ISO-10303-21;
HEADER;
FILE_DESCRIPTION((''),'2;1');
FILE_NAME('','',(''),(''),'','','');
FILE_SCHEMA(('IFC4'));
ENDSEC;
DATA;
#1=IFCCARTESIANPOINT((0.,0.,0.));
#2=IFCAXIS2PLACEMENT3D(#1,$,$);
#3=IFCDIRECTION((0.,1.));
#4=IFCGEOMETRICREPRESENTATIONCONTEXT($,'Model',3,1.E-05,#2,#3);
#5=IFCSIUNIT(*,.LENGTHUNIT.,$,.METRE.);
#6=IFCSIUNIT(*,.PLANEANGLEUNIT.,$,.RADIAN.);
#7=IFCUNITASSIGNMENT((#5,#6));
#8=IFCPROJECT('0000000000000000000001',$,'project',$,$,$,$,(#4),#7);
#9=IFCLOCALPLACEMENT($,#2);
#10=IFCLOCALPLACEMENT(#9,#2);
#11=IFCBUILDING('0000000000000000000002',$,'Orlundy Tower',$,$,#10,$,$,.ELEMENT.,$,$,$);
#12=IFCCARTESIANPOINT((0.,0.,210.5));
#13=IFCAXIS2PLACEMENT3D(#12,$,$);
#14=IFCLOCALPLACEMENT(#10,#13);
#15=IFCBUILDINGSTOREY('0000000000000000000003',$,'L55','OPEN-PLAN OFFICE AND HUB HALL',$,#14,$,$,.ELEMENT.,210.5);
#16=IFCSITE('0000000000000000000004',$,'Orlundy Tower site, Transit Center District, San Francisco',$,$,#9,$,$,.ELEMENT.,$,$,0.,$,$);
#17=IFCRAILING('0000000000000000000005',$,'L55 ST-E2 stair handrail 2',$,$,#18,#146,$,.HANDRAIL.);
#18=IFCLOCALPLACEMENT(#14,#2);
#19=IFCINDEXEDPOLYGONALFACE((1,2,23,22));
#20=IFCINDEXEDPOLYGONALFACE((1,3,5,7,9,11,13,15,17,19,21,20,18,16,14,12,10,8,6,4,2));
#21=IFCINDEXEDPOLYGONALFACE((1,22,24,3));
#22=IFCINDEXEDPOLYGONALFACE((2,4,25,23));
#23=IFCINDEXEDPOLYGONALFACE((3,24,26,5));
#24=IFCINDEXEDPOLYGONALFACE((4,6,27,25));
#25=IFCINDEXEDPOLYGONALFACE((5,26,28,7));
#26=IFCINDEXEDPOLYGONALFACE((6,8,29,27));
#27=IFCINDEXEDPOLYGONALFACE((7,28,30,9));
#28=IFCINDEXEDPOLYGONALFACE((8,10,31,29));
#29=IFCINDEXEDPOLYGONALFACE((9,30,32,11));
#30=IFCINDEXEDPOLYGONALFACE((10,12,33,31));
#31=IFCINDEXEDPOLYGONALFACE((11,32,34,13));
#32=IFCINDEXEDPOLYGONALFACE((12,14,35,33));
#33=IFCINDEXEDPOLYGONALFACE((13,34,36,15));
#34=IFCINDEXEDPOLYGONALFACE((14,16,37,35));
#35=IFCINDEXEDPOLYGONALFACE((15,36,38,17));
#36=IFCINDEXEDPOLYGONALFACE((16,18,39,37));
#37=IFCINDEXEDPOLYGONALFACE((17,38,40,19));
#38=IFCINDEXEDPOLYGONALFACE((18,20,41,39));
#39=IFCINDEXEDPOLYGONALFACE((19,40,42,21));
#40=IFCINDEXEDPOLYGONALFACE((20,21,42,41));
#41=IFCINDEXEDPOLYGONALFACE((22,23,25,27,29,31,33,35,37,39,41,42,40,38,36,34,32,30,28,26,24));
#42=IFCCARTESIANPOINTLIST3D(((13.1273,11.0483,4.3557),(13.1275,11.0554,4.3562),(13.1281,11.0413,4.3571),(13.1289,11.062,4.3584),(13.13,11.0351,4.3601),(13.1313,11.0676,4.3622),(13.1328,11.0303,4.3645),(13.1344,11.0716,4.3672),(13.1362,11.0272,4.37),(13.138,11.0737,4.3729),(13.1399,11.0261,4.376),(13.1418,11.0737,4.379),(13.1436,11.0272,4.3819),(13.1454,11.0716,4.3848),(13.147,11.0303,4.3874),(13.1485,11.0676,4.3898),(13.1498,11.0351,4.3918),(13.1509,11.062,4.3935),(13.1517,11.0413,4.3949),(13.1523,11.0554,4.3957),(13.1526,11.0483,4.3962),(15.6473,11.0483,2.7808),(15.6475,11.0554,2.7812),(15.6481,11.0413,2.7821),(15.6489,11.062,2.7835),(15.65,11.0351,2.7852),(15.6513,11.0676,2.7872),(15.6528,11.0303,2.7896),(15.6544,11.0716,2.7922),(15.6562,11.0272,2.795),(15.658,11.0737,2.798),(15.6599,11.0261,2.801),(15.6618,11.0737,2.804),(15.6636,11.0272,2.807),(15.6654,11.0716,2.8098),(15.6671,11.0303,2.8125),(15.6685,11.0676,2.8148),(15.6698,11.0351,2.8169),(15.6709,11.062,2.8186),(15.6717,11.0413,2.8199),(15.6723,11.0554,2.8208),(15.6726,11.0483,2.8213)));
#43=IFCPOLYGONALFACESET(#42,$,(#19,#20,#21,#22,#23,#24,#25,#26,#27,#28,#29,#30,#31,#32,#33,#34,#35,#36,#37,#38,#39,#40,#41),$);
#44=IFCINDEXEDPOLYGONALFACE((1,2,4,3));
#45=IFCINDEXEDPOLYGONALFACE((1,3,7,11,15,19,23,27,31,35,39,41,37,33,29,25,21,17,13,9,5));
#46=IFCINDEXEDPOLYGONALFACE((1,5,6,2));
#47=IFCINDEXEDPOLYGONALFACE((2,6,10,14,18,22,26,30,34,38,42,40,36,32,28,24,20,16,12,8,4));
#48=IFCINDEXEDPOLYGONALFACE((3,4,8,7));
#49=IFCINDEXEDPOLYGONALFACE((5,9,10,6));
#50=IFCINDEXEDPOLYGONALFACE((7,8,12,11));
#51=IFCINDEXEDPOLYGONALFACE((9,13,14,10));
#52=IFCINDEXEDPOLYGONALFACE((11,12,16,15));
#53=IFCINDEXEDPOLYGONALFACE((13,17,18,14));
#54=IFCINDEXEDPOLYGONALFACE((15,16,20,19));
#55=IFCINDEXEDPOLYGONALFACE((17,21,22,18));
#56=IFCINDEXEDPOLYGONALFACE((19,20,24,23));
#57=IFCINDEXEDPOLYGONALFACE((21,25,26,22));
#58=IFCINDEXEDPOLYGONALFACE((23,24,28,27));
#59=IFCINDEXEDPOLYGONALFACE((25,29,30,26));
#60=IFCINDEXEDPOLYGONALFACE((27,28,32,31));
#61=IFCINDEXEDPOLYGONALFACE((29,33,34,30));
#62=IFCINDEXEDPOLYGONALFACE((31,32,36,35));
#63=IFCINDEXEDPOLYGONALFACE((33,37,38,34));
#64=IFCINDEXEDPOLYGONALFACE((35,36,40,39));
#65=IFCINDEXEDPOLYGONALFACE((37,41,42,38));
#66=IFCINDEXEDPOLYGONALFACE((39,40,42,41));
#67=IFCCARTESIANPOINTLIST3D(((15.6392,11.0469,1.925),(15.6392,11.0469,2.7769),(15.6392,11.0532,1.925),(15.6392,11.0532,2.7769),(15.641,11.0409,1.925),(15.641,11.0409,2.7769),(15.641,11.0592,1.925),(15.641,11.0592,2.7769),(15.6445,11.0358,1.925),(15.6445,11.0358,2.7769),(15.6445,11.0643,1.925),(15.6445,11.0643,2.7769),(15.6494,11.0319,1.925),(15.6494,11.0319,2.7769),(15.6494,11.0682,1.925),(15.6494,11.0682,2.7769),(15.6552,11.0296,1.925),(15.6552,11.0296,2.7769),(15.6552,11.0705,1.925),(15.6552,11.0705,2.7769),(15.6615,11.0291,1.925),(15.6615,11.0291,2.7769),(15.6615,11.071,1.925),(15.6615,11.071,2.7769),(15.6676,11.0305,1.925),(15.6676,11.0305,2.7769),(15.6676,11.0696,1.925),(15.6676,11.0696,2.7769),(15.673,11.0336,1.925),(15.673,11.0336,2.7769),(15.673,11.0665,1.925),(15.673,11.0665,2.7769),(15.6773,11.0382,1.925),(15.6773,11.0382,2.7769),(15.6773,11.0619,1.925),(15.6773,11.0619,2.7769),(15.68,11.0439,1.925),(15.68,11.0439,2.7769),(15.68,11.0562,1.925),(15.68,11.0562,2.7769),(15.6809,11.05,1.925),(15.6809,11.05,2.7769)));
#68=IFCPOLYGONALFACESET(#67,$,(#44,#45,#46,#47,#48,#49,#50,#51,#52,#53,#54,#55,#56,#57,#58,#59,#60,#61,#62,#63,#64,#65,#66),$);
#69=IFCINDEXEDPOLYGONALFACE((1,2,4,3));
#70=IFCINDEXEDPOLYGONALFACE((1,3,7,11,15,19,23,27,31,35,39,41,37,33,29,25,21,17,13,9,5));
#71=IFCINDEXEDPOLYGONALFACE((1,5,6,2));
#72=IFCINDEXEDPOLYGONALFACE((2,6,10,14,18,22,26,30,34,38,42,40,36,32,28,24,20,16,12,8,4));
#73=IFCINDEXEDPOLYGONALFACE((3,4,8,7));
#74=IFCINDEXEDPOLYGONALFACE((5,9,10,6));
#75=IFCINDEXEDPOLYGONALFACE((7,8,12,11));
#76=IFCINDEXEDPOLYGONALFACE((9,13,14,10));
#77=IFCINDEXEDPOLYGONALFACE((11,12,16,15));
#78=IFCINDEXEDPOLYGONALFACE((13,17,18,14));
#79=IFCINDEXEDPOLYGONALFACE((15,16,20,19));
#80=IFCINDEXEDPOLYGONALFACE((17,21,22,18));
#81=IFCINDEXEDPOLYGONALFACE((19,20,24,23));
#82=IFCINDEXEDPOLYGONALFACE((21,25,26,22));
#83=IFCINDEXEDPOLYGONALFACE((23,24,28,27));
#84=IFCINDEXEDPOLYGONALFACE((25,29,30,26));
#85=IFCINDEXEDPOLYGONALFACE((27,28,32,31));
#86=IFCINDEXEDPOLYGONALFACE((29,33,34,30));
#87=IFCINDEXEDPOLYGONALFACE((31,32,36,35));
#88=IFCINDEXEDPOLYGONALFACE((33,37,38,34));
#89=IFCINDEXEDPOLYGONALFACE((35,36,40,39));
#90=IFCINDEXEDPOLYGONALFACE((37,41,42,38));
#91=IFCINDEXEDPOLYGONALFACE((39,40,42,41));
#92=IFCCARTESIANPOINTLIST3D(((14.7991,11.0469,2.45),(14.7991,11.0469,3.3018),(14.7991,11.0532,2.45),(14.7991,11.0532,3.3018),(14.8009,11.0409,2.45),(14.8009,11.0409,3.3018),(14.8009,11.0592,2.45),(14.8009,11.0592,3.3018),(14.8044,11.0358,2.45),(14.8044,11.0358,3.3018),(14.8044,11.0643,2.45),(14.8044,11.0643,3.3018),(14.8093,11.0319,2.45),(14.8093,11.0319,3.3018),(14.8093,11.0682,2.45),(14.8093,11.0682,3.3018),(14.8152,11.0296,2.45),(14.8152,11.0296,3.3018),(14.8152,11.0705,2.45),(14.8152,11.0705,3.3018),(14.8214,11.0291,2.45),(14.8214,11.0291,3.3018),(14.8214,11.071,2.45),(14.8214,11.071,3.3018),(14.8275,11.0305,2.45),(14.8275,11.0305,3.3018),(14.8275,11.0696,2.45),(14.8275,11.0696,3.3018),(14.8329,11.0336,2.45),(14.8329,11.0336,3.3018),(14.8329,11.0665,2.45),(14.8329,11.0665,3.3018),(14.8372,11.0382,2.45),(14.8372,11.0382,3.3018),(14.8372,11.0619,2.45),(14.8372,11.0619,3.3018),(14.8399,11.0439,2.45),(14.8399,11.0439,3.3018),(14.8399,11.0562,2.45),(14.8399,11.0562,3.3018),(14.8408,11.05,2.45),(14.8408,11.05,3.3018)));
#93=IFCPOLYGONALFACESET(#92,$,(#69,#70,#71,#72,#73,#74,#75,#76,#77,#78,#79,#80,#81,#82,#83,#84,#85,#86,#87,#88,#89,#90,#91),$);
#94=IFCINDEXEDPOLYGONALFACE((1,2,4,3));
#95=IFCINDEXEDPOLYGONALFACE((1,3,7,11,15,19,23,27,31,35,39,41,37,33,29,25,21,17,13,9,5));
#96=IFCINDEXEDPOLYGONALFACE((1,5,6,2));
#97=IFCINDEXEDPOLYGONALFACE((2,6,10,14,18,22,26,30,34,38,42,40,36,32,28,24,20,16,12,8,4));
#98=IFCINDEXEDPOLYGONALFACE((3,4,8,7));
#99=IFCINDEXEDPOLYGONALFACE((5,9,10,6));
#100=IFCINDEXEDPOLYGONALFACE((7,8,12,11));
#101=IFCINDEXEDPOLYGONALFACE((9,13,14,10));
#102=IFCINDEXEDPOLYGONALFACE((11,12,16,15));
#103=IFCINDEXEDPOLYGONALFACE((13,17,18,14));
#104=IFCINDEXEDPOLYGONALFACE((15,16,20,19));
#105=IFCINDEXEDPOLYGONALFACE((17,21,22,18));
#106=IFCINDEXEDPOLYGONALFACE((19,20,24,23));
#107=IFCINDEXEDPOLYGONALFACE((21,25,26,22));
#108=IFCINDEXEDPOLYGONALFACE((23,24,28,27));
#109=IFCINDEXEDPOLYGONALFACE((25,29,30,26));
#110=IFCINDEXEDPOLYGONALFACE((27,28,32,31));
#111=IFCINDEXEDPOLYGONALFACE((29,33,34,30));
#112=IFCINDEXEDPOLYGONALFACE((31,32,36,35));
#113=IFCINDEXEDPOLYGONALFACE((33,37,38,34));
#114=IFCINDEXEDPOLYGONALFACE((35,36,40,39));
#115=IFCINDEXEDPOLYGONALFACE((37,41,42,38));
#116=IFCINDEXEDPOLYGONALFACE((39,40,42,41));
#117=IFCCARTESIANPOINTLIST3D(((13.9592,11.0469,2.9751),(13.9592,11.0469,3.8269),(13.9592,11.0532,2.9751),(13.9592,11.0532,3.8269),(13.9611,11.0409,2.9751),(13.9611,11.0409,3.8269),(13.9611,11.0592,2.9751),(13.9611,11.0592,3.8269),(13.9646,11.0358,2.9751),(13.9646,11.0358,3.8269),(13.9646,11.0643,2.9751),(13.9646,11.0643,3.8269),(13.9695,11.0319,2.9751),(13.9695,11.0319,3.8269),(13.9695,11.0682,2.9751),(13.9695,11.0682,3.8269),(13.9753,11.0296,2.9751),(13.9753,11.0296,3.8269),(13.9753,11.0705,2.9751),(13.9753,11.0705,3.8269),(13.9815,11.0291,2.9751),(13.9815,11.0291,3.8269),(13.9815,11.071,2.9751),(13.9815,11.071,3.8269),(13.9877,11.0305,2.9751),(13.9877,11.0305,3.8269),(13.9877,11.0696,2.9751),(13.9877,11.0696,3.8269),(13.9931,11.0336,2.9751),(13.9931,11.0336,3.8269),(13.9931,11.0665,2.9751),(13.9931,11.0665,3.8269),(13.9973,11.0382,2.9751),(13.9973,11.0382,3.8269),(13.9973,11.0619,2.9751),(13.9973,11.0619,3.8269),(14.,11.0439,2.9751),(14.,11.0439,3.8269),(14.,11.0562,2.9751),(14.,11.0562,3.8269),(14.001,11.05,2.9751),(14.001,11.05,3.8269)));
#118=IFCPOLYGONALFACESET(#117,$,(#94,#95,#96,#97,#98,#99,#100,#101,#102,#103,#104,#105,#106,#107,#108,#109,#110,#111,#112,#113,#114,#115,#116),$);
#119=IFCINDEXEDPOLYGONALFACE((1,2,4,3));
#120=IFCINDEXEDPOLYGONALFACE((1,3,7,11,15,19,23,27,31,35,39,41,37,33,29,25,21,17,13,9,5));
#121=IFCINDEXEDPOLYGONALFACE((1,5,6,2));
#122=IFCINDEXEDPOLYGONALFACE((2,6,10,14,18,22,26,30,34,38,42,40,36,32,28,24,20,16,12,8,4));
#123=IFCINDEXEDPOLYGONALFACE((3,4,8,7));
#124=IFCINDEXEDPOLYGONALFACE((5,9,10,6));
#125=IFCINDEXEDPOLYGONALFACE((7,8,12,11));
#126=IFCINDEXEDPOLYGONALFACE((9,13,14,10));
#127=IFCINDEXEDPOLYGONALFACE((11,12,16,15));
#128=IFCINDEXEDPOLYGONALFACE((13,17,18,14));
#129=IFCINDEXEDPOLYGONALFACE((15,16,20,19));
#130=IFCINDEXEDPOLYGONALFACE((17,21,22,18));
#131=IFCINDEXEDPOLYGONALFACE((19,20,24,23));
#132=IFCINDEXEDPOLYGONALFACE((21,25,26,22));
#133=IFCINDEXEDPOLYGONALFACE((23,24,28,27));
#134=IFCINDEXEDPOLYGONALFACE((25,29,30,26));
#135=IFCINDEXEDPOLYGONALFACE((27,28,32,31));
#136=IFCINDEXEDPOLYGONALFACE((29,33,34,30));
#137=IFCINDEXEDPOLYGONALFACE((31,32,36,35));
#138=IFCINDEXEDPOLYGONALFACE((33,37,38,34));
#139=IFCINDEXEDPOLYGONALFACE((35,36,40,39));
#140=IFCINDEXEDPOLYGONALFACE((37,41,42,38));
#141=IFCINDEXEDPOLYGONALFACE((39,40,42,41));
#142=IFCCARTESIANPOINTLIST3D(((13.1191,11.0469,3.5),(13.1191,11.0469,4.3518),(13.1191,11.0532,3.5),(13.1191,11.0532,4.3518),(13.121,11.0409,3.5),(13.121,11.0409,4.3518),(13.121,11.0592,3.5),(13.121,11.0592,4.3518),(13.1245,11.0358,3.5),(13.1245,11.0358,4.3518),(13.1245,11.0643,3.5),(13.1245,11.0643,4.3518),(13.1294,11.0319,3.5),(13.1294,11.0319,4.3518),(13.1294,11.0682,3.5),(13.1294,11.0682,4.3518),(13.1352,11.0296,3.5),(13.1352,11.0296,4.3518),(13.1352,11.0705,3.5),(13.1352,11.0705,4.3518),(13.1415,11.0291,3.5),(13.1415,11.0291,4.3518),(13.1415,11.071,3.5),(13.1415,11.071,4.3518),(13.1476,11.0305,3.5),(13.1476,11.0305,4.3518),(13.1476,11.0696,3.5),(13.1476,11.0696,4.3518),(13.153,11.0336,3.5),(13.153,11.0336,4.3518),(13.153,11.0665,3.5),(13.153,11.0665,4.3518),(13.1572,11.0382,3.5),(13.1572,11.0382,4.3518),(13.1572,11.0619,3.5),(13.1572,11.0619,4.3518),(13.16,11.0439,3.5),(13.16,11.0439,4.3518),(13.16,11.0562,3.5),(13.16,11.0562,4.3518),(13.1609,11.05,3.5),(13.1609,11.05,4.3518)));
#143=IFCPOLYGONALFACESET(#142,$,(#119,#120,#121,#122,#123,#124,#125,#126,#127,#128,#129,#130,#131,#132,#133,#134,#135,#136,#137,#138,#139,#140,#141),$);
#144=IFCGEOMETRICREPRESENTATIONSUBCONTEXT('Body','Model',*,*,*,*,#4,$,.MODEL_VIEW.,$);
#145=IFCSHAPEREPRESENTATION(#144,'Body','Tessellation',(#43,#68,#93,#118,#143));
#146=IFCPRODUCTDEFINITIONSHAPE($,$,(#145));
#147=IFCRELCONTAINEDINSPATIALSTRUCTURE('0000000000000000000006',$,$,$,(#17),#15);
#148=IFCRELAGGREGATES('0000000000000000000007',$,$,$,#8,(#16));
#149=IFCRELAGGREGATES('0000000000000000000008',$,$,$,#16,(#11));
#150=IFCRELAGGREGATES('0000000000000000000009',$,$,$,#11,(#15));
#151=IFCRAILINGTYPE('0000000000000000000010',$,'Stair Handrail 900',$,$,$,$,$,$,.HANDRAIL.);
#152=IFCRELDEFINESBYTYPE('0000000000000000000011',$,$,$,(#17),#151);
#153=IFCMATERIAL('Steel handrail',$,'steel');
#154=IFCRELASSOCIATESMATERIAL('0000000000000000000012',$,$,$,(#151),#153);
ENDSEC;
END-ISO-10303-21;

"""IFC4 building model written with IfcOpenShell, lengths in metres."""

from ifc_helpers import new_model, si_unit, direction, frame, origin, origin_2d, place, context, subcontext, project, spatial, circle, extrude, material, type_object, element, save


model = new_model("IFC4")

# Units and contexts
model_context = context("Model", 3, precision=1e-05, world=origin(), true_north=direction((0.0, 1.0)))
body_context = subcontext(model_context, "Body", "Model", "MODEL_VIEW")
ifc_project = project(units=[si_unit("LENGTHUNIT", "METRE"), si_unit("PLANEANGLEUNIT", "RADIAN")], contexts=[model_context])

# Site, building, storey
site_placement = place(None, origin())
site = spatial("IfcSite", under=ifc_project, at=site_placement, Name="Orlundy Tower site, Transit Center District, San Francisco", CompositionType="ELEMENT", RefElevation=0.0)
building_placement = place(site_placement, origin())
building = spatial("IfcBuilding", under=site, at=building_placement, Name="Orlundy Tower", CompositionType="ELEMENT")
storey_placement = place(building_placement, frame((0.0, 0.0, 210.5)))
storey = spatial("IfcBuildingStorey", under=building, at=storey_placement, Name="L55", Description="OPEN-PLAN OFFICE AND HUB HALL", CompositionType="ELEMENT", Elevation=210.5)

# Railing
ifc_material_1 = material(Name="Steel handrail", Category="steel")
railing_type_1 = type_object("IfcRailingType", Name="Stair Handrail 900", PredefinedType="HANDRAIL", material=ifc_material_1)
railing_1_placement = place(storey_placement, frame((15.6599, 11.05, 1.925)))
element("IfcRailing", 1, at=railing_1_placement, inside=storey, type_object=railing_type_1, Name="L55 ST-E2 stair handrail 2", PredefinedType="HANDRAIL", context=body_context, shape_type="SweptSolid", body=[
    extrude(circle(Radius=0.0239, at=origin_2d()), frame((0.0, 0.0, 0.876), z_axis=(-0.848008, 0.0, 0.529984), x_axis=(0.0, -1.0, 0.0)), (0.0, 0.0, 1.0), 2.9717),
    extrude(circle(Radius=0.021, at=origin_2d()), origin(), (0.0, 0.0, 1.0), 0.8518),
    extrude(circle(Radius=0.021, at=origin_2d()), frame((-0.8401, 0.0, 0.5249)), (0.0, 0.0, 1.0), 0.8518),
    extrude(circle(Radius=0.021, at=origin_2d()), frame((-1.6799, 0.0, 1.05)), (0.0, 0.0, 1.0), 0.8518),
    extrude(circle(Radius=0.021, at=origin_2d()), frame((-2.52, 0.0, 1.575)), (0.0, 0.0, 1.0), 0.8518),
])

save(model, "model.ifc")
